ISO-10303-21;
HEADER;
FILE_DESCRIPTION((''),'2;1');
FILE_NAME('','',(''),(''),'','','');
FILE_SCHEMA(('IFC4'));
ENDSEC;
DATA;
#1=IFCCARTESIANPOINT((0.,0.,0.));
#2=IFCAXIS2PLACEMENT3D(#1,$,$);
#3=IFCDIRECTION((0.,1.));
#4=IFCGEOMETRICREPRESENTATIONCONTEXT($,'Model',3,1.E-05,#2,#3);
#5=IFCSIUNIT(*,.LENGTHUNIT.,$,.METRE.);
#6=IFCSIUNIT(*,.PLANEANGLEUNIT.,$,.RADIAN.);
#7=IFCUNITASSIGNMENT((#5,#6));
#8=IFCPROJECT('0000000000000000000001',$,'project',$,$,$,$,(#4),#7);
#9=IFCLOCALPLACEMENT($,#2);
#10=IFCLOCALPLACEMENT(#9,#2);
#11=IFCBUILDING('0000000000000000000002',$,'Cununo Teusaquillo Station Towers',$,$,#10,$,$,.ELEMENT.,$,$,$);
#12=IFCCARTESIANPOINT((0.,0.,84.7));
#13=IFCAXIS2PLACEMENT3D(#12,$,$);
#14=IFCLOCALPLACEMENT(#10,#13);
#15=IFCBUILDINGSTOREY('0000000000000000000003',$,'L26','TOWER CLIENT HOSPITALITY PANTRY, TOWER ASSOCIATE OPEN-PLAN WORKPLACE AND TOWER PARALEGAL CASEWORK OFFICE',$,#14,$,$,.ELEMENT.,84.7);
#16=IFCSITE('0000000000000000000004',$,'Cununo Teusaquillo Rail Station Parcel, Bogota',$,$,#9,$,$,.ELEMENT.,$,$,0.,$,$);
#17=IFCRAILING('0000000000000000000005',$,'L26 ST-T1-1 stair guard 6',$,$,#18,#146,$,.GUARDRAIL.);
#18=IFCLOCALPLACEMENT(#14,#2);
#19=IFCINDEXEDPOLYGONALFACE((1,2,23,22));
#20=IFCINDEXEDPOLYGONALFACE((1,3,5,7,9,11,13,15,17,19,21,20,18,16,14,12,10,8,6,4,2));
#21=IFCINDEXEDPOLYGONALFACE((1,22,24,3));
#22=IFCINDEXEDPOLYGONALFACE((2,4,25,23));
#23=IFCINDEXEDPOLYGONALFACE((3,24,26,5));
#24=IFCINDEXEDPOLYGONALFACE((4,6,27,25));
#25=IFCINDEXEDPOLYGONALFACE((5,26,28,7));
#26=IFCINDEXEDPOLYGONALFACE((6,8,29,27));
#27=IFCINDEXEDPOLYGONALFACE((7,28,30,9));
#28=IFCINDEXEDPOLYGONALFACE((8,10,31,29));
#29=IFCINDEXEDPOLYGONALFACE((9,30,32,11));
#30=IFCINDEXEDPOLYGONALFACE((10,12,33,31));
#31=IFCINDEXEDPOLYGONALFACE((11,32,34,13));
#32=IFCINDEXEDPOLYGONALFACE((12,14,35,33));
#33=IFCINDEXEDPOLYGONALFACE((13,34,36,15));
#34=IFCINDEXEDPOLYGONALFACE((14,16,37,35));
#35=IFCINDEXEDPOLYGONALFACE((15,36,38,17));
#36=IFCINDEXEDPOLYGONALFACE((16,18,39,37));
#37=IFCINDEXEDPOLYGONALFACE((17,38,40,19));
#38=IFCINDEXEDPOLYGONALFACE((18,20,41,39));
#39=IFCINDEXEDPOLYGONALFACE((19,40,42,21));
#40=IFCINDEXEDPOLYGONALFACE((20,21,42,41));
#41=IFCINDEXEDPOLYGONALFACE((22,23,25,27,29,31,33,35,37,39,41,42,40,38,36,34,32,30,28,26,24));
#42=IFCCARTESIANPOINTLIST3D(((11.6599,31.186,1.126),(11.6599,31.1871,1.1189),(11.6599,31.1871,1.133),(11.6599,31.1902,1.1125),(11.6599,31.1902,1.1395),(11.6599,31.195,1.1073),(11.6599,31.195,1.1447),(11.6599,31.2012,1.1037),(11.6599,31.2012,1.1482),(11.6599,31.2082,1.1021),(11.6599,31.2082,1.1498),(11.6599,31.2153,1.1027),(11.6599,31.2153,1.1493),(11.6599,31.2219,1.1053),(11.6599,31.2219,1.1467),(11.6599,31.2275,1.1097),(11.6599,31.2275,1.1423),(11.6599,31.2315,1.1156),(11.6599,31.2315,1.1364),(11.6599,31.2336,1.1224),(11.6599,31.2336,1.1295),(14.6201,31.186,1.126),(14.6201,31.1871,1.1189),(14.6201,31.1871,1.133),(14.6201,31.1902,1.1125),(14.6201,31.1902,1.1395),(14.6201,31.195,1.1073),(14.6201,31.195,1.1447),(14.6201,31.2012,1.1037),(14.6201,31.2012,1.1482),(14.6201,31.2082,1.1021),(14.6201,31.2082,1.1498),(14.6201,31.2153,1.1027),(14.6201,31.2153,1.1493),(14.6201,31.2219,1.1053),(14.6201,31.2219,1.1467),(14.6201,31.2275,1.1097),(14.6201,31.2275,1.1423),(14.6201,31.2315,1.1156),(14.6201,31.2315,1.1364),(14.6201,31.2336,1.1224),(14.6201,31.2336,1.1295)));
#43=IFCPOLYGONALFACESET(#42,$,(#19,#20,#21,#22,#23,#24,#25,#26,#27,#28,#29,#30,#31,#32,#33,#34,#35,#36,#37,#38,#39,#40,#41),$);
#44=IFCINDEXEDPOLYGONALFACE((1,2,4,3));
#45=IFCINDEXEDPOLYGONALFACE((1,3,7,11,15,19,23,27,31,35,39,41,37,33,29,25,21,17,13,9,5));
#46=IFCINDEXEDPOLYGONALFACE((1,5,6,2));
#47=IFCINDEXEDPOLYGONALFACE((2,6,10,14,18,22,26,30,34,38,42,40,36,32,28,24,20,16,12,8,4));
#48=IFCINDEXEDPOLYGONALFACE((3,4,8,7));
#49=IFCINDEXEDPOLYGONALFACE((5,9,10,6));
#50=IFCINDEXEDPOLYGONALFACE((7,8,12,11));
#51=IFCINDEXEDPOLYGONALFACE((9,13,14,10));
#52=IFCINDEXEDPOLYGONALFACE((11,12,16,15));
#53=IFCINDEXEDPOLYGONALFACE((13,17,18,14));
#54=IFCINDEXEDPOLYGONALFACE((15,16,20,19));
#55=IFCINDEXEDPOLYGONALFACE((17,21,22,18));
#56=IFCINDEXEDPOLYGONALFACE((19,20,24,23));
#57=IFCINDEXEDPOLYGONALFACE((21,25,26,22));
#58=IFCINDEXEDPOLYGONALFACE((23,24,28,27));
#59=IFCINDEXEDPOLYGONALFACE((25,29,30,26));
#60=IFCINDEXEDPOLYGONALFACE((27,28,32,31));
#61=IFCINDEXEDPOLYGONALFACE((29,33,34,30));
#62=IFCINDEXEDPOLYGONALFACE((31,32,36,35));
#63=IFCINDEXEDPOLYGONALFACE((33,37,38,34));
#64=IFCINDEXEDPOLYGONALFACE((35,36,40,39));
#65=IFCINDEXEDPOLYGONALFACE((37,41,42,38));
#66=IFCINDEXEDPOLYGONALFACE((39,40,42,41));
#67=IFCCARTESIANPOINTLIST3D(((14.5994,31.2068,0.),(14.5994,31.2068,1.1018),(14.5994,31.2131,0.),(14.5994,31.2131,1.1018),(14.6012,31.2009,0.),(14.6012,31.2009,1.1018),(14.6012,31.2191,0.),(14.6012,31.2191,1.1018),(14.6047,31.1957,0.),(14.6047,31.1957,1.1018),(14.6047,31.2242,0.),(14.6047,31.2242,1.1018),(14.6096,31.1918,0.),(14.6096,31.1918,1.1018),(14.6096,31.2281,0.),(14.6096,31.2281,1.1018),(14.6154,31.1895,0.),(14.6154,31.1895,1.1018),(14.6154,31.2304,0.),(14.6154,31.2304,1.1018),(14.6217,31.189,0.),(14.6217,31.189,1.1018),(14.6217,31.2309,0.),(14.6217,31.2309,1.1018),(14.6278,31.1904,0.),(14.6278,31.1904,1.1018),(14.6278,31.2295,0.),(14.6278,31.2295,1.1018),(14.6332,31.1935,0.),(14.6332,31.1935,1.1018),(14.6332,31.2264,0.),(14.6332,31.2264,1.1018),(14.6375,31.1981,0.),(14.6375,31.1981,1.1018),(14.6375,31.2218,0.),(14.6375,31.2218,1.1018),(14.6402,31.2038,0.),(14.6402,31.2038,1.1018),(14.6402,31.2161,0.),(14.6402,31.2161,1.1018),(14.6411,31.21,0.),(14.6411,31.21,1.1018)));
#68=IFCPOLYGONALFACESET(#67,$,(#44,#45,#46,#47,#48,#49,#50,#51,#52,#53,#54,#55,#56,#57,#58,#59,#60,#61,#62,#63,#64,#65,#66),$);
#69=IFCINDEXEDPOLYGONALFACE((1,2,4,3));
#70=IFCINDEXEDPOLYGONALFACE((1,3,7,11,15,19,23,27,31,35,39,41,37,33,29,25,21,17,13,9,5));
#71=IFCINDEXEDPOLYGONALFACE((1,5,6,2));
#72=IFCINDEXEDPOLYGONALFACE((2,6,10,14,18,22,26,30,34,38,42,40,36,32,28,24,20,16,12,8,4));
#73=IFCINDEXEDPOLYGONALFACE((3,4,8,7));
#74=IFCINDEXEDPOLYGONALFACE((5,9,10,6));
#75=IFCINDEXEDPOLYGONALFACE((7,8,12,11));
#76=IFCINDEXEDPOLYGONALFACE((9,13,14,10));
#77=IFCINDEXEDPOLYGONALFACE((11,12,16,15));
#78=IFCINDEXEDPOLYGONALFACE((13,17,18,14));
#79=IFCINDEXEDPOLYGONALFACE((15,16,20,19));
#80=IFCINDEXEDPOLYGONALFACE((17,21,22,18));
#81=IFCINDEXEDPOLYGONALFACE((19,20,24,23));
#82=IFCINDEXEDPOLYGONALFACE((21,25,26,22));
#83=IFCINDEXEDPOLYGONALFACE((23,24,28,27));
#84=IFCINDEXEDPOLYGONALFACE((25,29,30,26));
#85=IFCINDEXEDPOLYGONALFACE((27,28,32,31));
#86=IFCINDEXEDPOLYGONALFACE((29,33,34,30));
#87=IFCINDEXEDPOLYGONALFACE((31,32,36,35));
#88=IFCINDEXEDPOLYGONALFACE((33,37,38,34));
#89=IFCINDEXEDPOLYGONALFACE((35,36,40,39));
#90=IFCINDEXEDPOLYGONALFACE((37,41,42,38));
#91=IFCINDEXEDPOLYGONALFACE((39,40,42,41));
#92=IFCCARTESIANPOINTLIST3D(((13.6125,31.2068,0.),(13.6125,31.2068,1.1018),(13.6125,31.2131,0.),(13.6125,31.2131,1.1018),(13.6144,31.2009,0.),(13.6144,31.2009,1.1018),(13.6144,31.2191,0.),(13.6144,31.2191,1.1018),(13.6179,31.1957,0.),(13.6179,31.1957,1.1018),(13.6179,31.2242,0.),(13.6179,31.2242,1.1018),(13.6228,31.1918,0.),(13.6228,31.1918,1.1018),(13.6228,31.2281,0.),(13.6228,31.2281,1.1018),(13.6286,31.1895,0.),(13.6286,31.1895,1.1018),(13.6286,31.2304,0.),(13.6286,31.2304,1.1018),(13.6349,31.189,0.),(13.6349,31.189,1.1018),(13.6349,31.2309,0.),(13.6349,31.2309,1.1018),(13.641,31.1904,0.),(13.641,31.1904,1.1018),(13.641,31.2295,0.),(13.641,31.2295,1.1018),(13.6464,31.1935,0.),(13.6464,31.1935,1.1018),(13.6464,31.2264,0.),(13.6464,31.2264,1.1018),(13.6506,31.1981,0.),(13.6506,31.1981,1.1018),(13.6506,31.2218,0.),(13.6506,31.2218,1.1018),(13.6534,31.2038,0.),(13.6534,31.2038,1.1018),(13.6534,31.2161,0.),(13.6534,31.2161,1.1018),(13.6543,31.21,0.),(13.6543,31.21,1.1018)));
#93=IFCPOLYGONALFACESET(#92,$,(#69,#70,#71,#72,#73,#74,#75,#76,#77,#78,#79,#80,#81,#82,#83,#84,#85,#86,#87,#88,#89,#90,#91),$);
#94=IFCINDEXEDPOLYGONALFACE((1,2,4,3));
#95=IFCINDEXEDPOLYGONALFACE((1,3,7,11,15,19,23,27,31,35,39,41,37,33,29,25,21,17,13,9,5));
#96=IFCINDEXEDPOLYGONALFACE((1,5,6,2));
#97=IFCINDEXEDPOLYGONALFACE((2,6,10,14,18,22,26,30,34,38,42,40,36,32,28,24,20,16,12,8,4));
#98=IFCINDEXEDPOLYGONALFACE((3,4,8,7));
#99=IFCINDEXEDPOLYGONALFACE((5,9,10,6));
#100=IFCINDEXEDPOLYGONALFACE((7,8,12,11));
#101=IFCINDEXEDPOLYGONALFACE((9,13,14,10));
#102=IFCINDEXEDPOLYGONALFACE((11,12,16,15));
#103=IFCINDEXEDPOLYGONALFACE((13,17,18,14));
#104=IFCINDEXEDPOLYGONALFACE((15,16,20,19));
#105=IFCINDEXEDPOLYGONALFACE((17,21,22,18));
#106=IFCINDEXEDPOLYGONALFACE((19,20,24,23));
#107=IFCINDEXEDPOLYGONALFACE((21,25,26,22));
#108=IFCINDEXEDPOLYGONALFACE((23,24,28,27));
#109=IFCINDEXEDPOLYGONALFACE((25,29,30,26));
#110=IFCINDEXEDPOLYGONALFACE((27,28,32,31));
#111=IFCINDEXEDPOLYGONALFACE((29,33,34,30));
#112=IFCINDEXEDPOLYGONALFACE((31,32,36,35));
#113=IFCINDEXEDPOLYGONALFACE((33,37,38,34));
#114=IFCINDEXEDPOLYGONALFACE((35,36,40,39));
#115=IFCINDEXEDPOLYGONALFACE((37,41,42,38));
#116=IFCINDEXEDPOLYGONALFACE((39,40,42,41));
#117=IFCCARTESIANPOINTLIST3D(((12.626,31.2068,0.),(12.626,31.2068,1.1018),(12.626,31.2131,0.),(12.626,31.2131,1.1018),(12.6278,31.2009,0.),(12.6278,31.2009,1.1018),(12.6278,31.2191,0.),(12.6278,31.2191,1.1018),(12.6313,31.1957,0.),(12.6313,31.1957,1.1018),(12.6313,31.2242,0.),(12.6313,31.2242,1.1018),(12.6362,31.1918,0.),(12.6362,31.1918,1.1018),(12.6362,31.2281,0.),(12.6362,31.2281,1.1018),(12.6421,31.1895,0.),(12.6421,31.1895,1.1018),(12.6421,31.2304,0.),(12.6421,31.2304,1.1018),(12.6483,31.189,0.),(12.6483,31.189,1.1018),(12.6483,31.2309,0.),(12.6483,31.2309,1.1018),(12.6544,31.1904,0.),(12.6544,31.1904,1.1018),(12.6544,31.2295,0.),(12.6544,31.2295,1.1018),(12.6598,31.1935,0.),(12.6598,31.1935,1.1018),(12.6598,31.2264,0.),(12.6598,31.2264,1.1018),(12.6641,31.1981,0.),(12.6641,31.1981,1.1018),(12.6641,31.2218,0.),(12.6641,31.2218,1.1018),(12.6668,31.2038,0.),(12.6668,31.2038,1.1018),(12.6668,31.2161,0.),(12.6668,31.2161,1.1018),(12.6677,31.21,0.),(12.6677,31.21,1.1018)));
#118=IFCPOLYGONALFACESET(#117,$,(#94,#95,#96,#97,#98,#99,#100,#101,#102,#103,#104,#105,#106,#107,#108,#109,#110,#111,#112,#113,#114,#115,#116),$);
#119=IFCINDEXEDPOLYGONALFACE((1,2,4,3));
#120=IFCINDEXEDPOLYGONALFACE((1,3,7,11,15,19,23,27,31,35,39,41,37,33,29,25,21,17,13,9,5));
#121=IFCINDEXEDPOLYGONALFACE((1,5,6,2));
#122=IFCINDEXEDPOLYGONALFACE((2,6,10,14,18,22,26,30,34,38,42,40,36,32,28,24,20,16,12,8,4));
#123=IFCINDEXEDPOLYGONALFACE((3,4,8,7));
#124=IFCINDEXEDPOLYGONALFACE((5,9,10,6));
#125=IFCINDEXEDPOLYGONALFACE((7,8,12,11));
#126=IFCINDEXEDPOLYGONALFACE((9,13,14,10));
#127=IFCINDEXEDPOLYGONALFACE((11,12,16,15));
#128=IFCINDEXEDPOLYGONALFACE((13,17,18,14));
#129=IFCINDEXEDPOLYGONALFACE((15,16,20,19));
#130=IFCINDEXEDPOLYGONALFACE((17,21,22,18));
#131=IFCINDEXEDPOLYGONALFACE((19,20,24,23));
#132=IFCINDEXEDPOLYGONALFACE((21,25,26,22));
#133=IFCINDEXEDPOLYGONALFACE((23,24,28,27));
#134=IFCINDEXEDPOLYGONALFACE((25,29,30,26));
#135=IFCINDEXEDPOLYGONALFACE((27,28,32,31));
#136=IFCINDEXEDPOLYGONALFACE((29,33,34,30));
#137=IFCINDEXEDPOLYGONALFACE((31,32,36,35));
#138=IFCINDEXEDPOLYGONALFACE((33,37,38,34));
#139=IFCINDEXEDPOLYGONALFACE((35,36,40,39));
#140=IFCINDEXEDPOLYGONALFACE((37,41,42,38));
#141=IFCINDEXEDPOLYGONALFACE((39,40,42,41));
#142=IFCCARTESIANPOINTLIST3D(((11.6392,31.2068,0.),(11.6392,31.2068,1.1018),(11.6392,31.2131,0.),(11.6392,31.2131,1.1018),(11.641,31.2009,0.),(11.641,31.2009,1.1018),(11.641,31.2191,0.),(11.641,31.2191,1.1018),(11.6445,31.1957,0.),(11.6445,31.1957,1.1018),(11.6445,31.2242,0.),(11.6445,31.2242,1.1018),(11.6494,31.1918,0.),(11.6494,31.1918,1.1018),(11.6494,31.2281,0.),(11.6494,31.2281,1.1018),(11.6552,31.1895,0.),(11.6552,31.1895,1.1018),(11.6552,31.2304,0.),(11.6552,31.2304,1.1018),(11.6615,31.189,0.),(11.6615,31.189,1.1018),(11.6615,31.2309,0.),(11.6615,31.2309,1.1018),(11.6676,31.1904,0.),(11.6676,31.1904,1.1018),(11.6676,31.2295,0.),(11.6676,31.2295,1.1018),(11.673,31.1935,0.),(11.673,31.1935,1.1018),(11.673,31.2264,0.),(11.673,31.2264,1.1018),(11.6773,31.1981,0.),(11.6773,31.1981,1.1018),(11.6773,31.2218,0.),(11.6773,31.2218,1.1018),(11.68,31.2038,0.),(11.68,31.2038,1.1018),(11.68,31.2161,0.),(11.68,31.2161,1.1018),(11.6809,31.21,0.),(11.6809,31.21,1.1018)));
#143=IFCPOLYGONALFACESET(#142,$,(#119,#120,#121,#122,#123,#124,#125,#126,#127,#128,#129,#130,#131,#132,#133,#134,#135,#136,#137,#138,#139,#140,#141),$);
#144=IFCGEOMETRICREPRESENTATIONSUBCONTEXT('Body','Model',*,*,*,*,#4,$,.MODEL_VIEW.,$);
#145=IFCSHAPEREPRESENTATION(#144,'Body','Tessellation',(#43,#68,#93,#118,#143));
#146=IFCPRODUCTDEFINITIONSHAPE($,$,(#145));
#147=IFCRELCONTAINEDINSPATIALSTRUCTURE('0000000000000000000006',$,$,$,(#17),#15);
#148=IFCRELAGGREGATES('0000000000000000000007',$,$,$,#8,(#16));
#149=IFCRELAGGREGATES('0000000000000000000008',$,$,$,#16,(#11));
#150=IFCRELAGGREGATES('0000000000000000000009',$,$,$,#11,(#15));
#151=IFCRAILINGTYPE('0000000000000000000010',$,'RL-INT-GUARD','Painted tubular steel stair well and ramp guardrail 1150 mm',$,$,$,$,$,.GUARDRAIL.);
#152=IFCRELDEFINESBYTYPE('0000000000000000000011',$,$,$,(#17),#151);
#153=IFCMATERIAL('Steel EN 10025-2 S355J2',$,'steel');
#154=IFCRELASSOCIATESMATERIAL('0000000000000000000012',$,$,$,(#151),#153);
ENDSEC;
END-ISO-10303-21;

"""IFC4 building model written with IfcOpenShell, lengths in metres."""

from ifc_helpers import new_model, si_unit, direction, frame, origin, origin_2d, place, context, subcontext, project, spatial, circle, extrude, material, type_object, element, save


model = new_model("IFC4")

# Units and contexts
model_context = context("Model", 3, precision=1e-05, world=origin(), true_north=direction((0.0, 1.0)))
body_context = subcontext(model_context, "Body", "Model", "MODEL_VIEW")
ifc_project = project(units=[si_unit("LENGTHUNIT", "METRE"), si_unit("PLANEANGLEUNIT", "RADIAN")], contexts=[model_context])

# Site, building, storey
site_placement = place(None, origin())
site = spatial("IfcSite", under=ifc_project, at=site_placement, Name="Cununo Teusaquillo Rail Station Parcel, Bogota", CompositionType="ELEMENT", RefElevation=0.0)
building_placement = place(site_placement, origin())
building = spatial("IfcBuilding", under=site, at=building_placement, Name="Cununo Teusaquillo Station Towers", CompositionType="ELEMENT")
storey_placement = place(building_placement, frame((0.0, 0.0, 84.7)))
storey = spatial("IfcBuildingStorey", under=building, at=storey_placement, Name="L26", Description="TOWER CLIENT HOSPITALITY PANTRY, TOWER ASSOCIATE OPEN-PLAN WORKPLACE AND TOWER PARALEGAL CASEWORK OFFICE", CompositionType="ELEMENT", Elevation=84.7)

# Railing
ifc_material_1 = material(Name="Steel EN 10025-2 S355J2", Category="steel")
railing_type_1 = type_object("IfcRailingType", Name="RL-INT-GUARD", Description="Painted tubular steel stair well and ramp guardrail 1150 mm", PredefinedType="GUARDRAIL", material=ifc_material_1)
railing_1_placement = place(storey_placement, frame((14.6201, 31.21, 0.0)))
element("IfcRailing", 1, at=railing_1_placement, inside=storey, type_object=railing_type_1, Name="L26 ST-T1-1 stair guard 6", PredefinedType="GUARDRAIL", context=body_context, shape_type="SweptSolid", body=[
    extrude(circle(Radius=0.0239, at=origin_2d()), frame((0.0, 0.0, 1.126), z_axis=(-1.0, 0.0, 0.0), x_axis=(0.0, -1.0, 0.0)), (0.0, 0.0, 1.0), 2.9602),
    extrude(circle(Radius=0.021, at=origin_2d()), origin(), (0.0, 0.0, 1.0), 1.1018),
    extrude(circle(Radius=0.021, at=origin_2d()), frame((-0.9868, 0.0, 0.0)), (0.0, 0.0, 1.0), 1.1018),
    extrude(circle(Radius=0.021, at=origin_2d()), frame((-1.9734, 0.0, 0.0)), (0.0, 0.0, 1.0), 1.1018),
    extrude(circle(Radius=0.021, at=origin_2d()), frame((-2.9602, 0.0, 0.0)), (0.0, 0.0, 1.0), 1.1018),
])

save(model, "model.ifc")
